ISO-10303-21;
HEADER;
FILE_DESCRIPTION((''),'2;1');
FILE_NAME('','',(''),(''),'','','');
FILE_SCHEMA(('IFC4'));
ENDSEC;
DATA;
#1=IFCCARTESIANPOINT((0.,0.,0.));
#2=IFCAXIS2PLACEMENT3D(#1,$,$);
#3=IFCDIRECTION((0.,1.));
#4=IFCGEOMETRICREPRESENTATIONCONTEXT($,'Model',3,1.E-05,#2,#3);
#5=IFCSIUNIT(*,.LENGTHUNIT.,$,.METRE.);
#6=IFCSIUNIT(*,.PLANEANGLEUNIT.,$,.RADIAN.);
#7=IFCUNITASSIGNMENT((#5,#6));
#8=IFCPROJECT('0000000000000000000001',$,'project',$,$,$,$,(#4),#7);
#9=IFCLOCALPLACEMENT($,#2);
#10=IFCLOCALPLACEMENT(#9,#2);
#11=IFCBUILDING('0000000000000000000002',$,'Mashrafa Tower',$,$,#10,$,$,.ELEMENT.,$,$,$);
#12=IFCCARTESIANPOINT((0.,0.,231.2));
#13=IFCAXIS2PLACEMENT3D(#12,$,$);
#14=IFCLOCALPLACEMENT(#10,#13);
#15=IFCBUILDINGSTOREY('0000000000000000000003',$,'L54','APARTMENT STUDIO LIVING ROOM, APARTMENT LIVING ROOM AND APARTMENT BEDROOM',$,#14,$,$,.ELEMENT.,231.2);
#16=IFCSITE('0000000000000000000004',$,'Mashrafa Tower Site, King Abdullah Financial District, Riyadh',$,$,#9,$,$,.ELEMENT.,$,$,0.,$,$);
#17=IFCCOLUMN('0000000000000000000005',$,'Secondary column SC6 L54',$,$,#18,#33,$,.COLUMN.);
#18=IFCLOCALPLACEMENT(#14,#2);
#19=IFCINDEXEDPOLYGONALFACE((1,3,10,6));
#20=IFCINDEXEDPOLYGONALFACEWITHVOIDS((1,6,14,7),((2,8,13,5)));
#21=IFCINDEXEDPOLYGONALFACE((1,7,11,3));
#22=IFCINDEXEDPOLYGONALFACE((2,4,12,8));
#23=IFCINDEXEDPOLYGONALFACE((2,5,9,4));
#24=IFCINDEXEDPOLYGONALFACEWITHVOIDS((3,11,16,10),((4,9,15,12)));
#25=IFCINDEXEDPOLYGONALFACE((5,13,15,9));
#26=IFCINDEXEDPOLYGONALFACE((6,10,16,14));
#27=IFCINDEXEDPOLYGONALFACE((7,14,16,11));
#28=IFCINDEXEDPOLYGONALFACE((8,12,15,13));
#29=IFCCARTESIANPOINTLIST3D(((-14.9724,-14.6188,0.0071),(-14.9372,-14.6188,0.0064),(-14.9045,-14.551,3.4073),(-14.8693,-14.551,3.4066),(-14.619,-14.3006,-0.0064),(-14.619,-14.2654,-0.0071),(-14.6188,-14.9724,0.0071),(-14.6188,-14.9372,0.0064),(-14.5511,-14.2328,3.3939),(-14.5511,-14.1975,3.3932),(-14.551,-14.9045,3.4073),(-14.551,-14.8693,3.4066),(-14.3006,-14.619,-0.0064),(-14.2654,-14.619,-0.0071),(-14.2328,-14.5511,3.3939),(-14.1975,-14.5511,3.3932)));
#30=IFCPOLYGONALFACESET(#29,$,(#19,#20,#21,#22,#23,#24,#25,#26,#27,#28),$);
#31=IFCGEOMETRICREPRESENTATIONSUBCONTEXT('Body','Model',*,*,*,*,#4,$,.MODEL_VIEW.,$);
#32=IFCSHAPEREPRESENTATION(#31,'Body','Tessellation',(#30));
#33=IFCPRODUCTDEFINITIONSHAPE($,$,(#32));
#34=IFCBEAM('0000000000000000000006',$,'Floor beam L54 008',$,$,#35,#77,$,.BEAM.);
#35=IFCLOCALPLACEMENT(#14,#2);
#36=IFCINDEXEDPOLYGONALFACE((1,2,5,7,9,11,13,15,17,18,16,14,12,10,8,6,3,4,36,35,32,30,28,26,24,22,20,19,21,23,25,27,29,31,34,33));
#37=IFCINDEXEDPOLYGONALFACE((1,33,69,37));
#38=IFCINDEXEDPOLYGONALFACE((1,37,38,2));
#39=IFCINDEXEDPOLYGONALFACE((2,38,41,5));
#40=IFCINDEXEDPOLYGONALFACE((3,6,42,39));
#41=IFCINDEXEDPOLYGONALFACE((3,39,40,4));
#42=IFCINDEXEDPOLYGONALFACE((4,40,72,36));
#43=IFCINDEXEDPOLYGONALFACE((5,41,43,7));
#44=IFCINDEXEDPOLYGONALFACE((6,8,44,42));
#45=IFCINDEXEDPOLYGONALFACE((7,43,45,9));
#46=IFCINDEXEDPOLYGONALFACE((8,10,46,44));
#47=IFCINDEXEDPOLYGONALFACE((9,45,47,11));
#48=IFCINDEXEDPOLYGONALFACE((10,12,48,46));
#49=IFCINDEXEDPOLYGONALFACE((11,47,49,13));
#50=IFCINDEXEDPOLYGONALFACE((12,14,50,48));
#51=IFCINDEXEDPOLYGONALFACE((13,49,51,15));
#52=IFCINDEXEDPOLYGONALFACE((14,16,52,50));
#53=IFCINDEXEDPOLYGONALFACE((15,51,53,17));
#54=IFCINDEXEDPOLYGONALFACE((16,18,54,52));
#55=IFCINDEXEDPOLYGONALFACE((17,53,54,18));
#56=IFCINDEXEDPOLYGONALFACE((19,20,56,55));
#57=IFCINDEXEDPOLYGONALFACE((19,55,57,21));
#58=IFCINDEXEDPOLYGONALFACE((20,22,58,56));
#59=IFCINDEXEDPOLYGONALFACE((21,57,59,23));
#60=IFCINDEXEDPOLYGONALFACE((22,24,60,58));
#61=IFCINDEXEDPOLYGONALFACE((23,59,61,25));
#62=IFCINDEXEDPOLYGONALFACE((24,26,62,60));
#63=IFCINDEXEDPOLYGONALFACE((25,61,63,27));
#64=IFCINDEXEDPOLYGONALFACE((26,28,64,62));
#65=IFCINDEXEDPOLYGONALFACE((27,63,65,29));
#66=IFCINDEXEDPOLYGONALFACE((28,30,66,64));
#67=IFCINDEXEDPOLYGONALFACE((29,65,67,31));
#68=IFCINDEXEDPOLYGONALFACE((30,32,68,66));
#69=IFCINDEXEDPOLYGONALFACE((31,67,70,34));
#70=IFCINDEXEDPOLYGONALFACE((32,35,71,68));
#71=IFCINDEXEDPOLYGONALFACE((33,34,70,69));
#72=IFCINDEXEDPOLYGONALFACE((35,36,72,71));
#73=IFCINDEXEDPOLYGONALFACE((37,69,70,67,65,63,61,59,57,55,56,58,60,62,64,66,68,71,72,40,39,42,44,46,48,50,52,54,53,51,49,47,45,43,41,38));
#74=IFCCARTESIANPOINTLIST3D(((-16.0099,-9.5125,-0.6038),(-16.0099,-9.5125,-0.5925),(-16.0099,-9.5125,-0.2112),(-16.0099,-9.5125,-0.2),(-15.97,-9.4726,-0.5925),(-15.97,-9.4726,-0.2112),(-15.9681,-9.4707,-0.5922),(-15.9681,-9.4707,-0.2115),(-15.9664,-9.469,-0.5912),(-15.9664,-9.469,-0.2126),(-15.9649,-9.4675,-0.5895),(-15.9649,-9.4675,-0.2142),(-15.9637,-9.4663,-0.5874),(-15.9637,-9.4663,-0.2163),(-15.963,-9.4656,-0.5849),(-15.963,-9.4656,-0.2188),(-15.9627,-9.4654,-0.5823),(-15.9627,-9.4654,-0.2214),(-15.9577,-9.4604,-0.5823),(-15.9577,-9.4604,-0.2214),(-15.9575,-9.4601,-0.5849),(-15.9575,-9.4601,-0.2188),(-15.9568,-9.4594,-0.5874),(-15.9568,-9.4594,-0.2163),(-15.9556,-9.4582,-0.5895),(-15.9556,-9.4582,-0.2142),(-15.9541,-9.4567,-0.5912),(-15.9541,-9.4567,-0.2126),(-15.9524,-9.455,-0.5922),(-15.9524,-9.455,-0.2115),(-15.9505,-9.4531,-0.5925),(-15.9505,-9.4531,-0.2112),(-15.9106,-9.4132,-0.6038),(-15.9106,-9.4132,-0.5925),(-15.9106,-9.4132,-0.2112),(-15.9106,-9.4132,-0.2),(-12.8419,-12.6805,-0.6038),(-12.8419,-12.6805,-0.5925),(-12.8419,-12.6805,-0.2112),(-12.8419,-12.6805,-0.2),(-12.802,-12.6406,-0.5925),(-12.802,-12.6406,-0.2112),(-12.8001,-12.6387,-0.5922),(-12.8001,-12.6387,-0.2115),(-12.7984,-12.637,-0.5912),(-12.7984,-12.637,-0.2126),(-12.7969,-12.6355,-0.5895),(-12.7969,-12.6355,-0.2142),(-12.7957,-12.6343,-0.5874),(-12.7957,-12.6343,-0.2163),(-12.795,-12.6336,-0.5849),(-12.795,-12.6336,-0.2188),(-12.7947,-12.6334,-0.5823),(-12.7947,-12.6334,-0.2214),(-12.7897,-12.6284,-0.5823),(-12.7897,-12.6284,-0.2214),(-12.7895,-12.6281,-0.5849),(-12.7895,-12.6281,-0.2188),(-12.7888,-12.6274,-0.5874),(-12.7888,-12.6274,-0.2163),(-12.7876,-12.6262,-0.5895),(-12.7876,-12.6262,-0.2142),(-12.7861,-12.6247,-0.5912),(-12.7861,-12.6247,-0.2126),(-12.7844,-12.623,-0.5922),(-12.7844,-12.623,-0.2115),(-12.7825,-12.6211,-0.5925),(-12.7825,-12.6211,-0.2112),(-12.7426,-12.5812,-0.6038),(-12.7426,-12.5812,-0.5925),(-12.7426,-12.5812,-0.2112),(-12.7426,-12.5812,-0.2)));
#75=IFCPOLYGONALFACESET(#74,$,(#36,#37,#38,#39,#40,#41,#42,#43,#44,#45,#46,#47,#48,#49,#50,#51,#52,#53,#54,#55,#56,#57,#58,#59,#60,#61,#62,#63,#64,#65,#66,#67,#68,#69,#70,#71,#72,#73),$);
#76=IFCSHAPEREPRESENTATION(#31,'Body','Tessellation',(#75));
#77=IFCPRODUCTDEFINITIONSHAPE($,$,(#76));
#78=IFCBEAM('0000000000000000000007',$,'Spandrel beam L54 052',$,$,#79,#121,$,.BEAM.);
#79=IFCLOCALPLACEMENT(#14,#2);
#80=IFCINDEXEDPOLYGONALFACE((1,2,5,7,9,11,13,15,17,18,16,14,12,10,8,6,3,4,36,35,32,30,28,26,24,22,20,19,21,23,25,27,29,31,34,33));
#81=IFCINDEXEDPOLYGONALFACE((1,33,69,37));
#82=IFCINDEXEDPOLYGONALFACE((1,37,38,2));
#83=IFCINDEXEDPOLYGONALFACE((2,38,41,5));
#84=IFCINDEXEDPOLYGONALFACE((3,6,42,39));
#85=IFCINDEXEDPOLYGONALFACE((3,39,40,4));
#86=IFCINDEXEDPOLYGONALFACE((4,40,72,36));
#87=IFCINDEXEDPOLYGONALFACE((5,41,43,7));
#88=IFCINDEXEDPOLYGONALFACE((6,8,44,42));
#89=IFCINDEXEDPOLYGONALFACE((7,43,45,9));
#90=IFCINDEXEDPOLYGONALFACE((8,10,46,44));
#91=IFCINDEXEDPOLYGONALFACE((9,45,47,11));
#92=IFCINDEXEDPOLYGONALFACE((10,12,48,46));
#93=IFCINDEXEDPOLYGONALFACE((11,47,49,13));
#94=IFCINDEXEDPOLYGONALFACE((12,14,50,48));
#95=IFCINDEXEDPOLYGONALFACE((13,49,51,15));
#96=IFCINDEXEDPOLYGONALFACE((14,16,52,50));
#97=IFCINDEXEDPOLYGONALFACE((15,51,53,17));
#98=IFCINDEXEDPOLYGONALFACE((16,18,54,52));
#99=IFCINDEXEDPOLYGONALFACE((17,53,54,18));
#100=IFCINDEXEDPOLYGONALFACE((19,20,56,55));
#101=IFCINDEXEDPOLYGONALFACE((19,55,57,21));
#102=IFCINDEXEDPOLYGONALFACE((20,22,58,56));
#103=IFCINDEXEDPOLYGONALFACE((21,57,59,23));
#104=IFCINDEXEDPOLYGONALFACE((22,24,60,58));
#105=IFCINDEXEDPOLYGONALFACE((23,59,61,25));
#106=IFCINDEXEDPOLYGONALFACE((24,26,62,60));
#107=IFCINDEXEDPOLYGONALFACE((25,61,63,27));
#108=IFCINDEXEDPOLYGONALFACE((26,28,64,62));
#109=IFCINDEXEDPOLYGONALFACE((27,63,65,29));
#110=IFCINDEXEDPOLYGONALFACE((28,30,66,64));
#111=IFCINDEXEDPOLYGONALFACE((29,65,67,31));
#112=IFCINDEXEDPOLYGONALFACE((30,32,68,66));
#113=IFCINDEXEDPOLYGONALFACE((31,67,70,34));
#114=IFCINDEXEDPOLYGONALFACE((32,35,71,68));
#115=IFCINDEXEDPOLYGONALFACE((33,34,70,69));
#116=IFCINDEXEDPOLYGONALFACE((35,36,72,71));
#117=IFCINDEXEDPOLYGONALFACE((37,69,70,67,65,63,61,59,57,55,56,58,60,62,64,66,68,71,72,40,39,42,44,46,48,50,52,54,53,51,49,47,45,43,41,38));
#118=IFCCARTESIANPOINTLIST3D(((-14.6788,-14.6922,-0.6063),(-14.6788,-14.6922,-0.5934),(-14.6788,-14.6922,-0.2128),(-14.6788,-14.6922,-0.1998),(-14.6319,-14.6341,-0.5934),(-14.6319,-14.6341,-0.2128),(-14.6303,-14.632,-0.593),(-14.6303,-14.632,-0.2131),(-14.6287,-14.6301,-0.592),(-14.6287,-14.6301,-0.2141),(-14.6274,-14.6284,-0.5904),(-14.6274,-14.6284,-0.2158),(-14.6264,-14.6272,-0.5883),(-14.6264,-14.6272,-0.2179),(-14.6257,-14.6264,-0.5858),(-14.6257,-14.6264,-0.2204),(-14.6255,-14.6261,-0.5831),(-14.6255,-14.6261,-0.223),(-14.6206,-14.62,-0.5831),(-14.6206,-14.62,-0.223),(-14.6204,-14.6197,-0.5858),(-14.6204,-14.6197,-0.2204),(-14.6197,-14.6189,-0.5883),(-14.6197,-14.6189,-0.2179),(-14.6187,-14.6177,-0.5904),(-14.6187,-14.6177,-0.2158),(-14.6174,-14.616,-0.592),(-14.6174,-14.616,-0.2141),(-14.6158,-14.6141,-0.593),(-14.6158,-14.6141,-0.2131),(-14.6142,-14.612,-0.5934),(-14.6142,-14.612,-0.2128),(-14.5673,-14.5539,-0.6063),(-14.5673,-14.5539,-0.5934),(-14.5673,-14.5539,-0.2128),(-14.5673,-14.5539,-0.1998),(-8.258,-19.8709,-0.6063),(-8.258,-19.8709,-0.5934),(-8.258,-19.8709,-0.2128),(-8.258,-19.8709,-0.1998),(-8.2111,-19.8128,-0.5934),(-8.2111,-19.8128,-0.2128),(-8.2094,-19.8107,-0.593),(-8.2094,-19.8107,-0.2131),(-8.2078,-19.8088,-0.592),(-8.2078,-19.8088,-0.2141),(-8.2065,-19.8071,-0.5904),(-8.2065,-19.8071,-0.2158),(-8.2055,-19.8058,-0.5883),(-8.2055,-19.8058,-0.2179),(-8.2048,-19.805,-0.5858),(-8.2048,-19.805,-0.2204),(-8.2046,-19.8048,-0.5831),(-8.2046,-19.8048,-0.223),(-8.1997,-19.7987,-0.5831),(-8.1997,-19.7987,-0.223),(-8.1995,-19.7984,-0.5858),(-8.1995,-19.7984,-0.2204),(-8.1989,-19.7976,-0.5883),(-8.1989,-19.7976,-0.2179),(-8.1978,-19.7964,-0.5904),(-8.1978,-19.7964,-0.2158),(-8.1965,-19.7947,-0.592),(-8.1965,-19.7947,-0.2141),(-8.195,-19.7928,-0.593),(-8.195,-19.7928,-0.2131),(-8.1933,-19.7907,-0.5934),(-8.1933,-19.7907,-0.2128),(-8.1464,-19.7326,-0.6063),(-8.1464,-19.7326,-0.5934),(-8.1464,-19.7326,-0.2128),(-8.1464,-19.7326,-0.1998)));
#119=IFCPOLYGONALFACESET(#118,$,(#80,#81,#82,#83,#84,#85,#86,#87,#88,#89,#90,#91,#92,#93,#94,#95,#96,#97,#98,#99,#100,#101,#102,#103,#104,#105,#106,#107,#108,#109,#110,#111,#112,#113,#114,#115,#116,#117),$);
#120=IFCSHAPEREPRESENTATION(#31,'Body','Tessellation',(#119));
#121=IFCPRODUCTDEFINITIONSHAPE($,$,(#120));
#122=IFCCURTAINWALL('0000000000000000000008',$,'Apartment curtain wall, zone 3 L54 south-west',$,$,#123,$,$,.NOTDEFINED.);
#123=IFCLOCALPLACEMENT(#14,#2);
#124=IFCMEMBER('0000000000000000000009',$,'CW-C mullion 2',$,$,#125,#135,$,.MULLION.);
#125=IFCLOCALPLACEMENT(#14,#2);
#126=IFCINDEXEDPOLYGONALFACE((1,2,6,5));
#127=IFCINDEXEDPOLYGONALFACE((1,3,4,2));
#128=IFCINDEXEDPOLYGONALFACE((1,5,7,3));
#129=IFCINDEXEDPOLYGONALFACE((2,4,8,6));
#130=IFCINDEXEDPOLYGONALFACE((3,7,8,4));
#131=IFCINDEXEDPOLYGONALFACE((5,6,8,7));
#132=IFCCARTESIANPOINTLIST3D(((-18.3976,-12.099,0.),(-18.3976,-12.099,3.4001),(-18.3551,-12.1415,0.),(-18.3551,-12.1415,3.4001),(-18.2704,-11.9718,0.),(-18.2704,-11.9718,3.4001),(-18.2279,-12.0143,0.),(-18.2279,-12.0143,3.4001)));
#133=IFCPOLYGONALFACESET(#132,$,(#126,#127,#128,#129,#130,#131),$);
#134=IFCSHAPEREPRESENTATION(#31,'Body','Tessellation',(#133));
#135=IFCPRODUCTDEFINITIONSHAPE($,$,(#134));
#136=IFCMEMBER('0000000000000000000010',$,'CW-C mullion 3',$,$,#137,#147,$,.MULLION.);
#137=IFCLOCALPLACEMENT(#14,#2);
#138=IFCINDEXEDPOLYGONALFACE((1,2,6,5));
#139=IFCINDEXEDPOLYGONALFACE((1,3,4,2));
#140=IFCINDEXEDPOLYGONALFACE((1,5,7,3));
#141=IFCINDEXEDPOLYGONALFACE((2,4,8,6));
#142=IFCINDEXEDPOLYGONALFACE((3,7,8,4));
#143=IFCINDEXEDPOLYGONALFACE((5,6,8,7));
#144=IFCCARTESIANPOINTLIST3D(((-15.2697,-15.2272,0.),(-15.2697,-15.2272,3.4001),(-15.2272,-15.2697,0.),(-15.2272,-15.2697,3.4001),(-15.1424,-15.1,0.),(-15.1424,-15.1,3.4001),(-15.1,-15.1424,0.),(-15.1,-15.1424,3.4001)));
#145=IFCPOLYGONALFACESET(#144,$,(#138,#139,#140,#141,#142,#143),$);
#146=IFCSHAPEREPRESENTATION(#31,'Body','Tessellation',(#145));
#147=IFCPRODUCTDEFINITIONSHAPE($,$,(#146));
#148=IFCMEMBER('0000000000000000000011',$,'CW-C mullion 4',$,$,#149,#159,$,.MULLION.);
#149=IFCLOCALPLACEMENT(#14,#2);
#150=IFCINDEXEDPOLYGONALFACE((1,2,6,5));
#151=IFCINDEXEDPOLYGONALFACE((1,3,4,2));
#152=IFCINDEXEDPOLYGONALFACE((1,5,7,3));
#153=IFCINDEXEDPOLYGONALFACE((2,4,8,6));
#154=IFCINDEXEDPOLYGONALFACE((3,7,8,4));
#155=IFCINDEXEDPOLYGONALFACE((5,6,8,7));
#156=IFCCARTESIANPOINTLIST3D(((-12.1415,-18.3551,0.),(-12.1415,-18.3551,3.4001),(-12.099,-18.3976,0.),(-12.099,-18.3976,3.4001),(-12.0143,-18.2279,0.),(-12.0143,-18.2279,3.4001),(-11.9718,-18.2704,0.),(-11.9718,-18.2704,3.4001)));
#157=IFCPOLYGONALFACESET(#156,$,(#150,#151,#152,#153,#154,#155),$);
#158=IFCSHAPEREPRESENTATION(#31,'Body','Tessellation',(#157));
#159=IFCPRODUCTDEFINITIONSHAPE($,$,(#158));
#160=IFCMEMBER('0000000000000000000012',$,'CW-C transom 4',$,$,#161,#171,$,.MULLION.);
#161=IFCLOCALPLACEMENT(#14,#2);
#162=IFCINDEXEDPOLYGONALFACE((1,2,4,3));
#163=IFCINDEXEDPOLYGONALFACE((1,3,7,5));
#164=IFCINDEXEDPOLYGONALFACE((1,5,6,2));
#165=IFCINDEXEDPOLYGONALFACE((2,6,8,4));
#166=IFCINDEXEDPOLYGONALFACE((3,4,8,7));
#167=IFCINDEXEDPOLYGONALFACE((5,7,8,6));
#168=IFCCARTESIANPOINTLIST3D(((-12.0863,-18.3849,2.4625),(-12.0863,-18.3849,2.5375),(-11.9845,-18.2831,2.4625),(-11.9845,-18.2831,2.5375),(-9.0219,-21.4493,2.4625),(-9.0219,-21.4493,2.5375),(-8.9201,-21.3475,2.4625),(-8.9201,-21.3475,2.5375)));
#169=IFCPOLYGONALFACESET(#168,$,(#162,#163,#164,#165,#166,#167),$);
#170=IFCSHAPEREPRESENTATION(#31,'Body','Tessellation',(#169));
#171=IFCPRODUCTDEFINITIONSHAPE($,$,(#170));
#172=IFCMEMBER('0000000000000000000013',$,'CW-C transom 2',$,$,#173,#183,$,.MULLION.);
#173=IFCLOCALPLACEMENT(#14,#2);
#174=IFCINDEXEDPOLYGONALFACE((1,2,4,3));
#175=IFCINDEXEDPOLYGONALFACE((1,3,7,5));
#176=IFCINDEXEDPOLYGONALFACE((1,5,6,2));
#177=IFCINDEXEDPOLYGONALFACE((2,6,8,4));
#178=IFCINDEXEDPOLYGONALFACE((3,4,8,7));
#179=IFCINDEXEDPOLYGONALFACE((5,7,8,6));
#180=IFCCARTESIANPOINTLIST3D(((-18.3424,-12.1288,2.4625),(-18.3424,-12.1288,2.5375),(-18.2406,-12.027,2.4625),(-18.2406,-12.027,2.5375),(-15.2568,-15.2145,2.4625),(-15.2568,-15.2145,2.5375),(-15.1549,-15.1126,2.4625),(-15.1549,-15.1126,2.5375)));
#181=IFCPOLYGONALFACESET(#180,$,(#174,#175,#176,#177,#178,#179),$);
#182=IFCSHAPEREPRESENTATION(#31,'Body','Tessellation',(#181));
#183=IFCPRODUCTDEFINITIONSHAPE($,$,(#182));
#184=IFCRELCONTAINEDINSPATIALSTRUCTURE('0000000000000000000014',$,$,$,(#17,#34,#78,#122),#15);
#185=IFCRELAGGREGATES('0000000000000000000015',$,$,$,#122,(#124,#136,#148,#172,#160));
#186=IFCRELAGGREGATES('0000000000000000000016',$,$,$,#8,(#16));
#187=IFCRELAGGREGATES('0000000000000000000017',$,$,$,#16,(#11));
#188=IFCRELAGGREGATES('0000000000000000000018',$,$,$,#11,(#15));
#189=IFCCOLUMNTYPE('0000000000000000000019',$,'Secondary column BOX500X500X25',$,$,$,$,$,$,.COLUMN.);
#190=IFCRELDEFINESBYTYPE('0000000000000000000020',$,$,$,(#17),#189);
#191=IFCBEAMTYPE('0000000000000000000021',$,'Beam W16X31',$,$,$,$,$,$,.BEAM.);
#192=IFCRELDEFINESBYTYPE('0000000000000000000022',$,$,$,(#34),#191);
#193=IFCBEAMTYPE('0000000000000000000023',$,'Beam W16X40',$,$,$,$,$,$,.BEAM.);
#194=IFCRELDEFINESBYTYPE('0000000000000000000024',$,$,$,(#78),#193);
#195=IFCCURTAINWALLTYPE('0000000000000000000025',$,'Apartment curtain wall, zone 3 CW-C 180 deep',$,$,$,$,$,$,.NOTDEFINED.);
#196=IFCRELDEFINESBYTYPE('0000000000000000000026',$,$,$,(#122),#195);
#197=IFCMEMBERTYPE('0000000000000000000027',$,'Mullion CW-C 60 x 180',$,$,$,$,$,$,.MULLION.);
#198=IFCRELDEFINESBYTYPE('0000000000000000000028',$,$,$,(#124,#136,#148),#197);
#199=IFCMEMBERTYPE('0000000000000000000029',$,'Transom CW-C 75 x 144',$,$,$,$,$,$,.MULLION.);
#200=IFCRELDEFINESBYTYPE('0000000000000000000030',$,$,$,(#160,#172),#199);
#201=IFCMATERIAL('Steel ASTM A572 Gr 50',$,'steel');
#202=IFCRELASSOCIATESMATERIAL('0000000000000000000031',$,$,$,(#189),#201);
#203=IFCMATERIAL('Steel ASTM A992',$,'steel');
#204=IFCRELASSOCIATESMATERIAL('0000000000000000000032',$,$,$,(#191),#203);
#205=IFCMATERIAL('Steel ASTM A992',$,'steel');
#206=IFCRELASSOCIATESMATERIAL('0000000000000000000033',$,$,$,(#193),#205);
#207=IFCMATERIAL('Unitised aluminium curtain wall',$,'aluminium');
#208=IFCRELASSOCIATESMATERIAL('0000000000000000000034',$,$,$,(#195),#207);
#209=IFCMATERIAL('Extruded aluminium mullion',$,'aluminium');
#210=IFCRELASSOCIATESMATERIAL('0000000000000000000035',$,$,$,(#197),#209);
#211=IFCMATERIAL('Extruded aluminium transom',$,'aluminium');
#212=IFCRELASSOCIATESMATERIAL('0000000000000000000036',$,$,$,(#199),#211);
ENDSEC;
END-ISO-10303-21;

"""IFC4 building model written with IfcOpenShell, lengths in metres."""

from ifc_helpers import new_model, si_unit, direction, frame, origin, origin_2d, place, context, subcontext, project, spatial, rectangle, hollow_rectangle, i_section, extrude, source, transform, mapped, material, material_profile, profile_set, type_object, type_shapes, element, aggregate, save


model = new_model("IFC4")

# Units and contexts
model_context = context("Model", 3, precision=1e-05, world=origin(), true_north=direction((0.0, 1.0)))
body_context = subcontext(model_context, "Body", "Model", "MODEL_VIEW")
ifc_project = project(units=[si_unit("LENGTHUNIT", "METRE"), si_unit("PLANEANGLEUNIT", "RADIAN")], contexts=[model_context])

# Site, building, storey
site_placement = place(None, origin())
site = spatial("IfcSite", under=ifc_project, at=site_placement, Name="Mashrafa Tower Site, King Abdullah Financial District, Riyadh", CompositionType="ELEMENT", RefElevation=0.0)
building_placement = place(site_placement, origin())
building = spatial("IfcBuilding", under=site, at=building_placement, Name="Mashrafa Tower", CompositionType="ELEMENT")
storey_placement = place(building_placement, frame((0.0, 0.0, 231.2)))
storey = spatial("IfcBuildingStorey", under=building, at=storey_placement, Name="L54", Description="APARTMENT STUDIO LIVING ROOM, APARTMENT LIVING ROOM AND APARTMENT BEDROOM", CompositionType="ELEMENT", Elevation=231.2)

# Column
ifc_material_1 = material(Name="Steel ASTM A572 Gr 50", Category="steel")
ifc_material_profile_1 = material_profile(ifc_material_1, hollow_rectangle(XDim=0.5, YDim=0.5, WallThickness=0.0249, at=origin_2d()), Name="BOX500X500X25")
ifc_profile_set_1 = profile_set([ifc_material_profile_1], Name="Steel ASTM A572 Gr 50")
column_type = type_object("IfcColumnType", Name="Secondary column BOX500X500X25", PredefinedType="COLUMN", material=ifc_profile_set_1)
column_placement = place(storey_placement, frame((-14.6189, -14.6189, 0.0), z_axis=(0.019953, 0.019953, 0.999602), x_axis=(-0.707107, 0.707107, 0.0)))
element("IfcColumn", 1, at=column_placement, inside=storey, type_object=column_type, Name="Secondary column SC6 L54", PredefinedType="COLUMN", context=body_context, shape_type="SweptSolid", body=[
    extrude(hollow_rectangle(XDim=0.5, YDim=0.5, WallThickness=0.0249, at=origin_2d()), origin(), (0.0, 0.0, 1.0), 3.4016),
])

# Beams
ifc_material_2 = material(Name="Steel ASTM A992", Category="steel")
ifc_material_profile_2 = material_profile(ifc_material_2, i_section(OverallWidth=0.1404, OverallDepth=0.4038, WebThickness=0.0071, FlangeThickness=0.0112, FilletRadius=0.0103, at=origin_2d()), Name="W16X31")
ifc_profile_set_2 = profile_set([ifc_material_profile_2], Name="Steel ASTM A992")
beam_type_1 = type_object("IfcBeamType", Name="Beam W16X31", PredefinedType="BEAM", material=ifc_profile_set_2)
beam_1_placement = place(storey_placement, frame((-12.7922, -12.6309, -0.4019), z_axis=(-0.707107, 0.707107, 0.0), x_axis=(-0.707107, -0.707107, 0.0)))
element("IfcBeam", 2, at=beam_1_placement, inside=storey, type_object=beam_type_1, Name="Floor beam L54 008", PredefinedType="BEAM", context=body_context, shape_type="SweptSolid", body=[
    extrude(i_section(OverallWidth=0.1404, OverallDepth=0.4038, WebThickness=0.0071, FlangeThickness=0.0112, FilletRadius=0.0103, at=origin_2d()), origin(), (0.0, 0.0, 1.0), 4.4802),
])
ifc_material_3 = material(Name="Steel ASTM A992", Category="steel")
ifc_material_profile_3 = material_profile(ifc_material_3, i_section(OverallWidth=0.1777, OverallDepth=0.4065, WebThickness=0.0078, FlangeThickness=0.0129, FilletRadius=0.0103, at=origin_2d()), Name="W16X40")
ifc_profile_set_3 = profile_set([ifc_material_profile_3], Name="Steel ASTM A992")
beam_type_2 = type_object("IfcBeamType", Name="Beam W16X40", PredefinedType="BEAM", material=ifc_profile_set_3)
beam_2_placement = place(storey_placement, frame((-14.623, -14.623, -0.4031), z_axis=(0.778379, -0.627794, 0.0), x_axis=(0.627794, 0.778379, 0.0)))
element("IfcBeam", 3, at=beam_2_placement, inside=storey, type_object=beam_type_2, Name="Spandrel beam L54 052", PredefinedType="BEAM", context=body_context, shape_type="SweptSolid", body=[
    extrude(i_section(OverallWidth=0.1777, OverallDepth=0.4065, WebThickness=0.0078, FlangeThickness=0.0129, FilletRadius=0.0103, at=origin_2d()), origin(), (0.0, 0.0, 1.0), 8.249),
])

# Curtain wall, members
ifc_material_4 = material(Name="Unitised aluminium curtain wall", Category="aluminium")
curtain_wall_type = type_object("IfcCurtainWallType", Name="Apartment curtain wall, zone 3 CW-C 180 deep", PredefinedType="NOTDEFINED", material=ifc_material_4)
curtain_wall_placement = place(storey_placement, origin())
curtain_wall = element("IfcCurtainWall", 4, at=curtain_wall_placement, inside=storey, type_object=curtain_wall_type, Name="Apartment curtain wall, zone 3 L54 south-west", PredefinedType="NOTDEFINED")
ifc_material_5 = material(Name="Extruded aluminium mullion", Category="aluminium")
ifc_material_profile_4 = material_profile(ifc_material_5, rectangle(XDim=0.1799, YDim=0.0601, at=origin_2d()), Name="Mullion 60x180")
ifc_profile_set_4 = profile_set([ifc_material_profile_4], Name="Extruded aluminium mullion")
member_type_1 = type_object("IfcMemberType", Name="Mullion CW-C 60 x 180", PredefinedType="MULLION", material=ifc_profile_set_4)
shared_shape_1 = source(origin(), body_context, "Body", "SweptSolid", [
    extrude(rectangle(XDim=0.1799, YDim=0.0601, at=origin_2d()), origin(), (0.0, 0.0, 1.0), 3.4001),
])
type_shapes(member_type_1, [shared_shape_1])
member_1_placement = place(storey_placement, frame((-18.3127, -12.0566, 0.0), z_axis=(0.0, 0.0, 1.0), x_axis=(0.707107, 0.707107, 0.0)))
member_1 = element("IfcMember", 5, at=member_1_placement, type_object=member_type_1, Name="CW-C mullion 2", PredefinedType="MULLION", context=body_context, shape_type="MappedRepresentation", body=[
    mapped(shared_shape_1, transform((0.0, 0.0, 0.0))),
])
member_2_placement = place(storey_placement, frame((-15.1848, -15.1848, 0.0), z_axis=(0.0, 0.0, 1.0), x_axis=(0.707107, 0.707107, 0.0)))
member_2 = element("IfcMember", 6, at=member_2_placement, type_object=member_type_1, Name="CW-C mullion 3", PredefinedType="MULLION", context=body_context, shape_type="MappedRepresentation", body=[
    mapped(shared_shape_1, transform((0.0, 0.0, 0.0))),
])
member_3_placement = place(storey_placement, frame((-12.0566, -18.3127, 0.0), z_axis=(0.0, 0.0, 1.0), x_axis=(0.707107, 0.707107, 0.0)))
member_3 = element("IfcMember", 7, at=member_3_placement, type_object=member_type_1, Name="CW-C mullion 4", PredefinedType="MULLION", context=body_context, shape_type="MappedRepresentation", body=[
    mapped(shared_shape_1, transform((0.0, 0.0, 0.0))),
])
ifc_material_6 = material(Name="Extruded aluminium transom", Category="aluminium")
ifc_material_profile_5 = material_profile(ifc_material_6, rectangle(XDim=0.144, YDim=0.075, at=origin_2d()), Name="Transom 75x144")
ifc_profile_set_5 = profile_set([ifc_material_profile_5], Name="Extruded aluminium transom")
member_type_2 = type_object("IfcMemberType", Name="Transom CW-C 75 x 144", PredefinedType="MULLION", material=ifc_profile_set_5)
shared_shape_2 = source(origin(), body_context, "Body", "SweptSolid", [
    extrude(rectangle(XDim=0.144, YDim=0.075, at=origin_2d()), origin(), (0.0, 0.0, 1.0), 4.3337),
])
member_4_placement = place(storey_placement, frame((-12.0354, -18.334, 2.5), z_axis=(0.707107, -0.707107, 0.0), x_axis=(0.707107, 0.707107, 0.0)))
member_4 = element("IfcMember", 8, at=member_4_placement, type_object=member_type_2, Name="CW-C transom 4", PredefinedType="MULLION", context=body_context, shape_type="MappedRepresentation", body=[
    mapped(shared_shape_2, transform((0.0, 0.0, 0.0))),
])
shared_shape_3 = source(origin(), body_context, "Body", "SweptSolid", [
    extrude(rectangle(XDim=0.144, YDim=0.075, at=origin_2d()), origin(), (0.0, 0.0, 1.0), 4.3638),
])
type_shapes(member_type_2, [shared_shape_2, shared_shape_3])
member_5_placement = place(storey_placement, frame((-18.2915, -12.0779, 2.5), z_axis=(0.707107, -0.707107, 0.0), x_axis=(0.707107, 0.707107, 0.0)))
member_5 = element("IfcMember", 9, at=member_5_placement, type_object=member_type_2, Name="CW-C transom 2", PredefinedType="MULLION", context=body_context, shape_type="MappedRepresentation", body=[
    mapped(shared_shape_3, transform((0.0, 0.0, 0.0))),
])
aggregate(curtain_wall, [member_1, member_2, member_3, member_5, member_4])

save(model, "model.ifc")
